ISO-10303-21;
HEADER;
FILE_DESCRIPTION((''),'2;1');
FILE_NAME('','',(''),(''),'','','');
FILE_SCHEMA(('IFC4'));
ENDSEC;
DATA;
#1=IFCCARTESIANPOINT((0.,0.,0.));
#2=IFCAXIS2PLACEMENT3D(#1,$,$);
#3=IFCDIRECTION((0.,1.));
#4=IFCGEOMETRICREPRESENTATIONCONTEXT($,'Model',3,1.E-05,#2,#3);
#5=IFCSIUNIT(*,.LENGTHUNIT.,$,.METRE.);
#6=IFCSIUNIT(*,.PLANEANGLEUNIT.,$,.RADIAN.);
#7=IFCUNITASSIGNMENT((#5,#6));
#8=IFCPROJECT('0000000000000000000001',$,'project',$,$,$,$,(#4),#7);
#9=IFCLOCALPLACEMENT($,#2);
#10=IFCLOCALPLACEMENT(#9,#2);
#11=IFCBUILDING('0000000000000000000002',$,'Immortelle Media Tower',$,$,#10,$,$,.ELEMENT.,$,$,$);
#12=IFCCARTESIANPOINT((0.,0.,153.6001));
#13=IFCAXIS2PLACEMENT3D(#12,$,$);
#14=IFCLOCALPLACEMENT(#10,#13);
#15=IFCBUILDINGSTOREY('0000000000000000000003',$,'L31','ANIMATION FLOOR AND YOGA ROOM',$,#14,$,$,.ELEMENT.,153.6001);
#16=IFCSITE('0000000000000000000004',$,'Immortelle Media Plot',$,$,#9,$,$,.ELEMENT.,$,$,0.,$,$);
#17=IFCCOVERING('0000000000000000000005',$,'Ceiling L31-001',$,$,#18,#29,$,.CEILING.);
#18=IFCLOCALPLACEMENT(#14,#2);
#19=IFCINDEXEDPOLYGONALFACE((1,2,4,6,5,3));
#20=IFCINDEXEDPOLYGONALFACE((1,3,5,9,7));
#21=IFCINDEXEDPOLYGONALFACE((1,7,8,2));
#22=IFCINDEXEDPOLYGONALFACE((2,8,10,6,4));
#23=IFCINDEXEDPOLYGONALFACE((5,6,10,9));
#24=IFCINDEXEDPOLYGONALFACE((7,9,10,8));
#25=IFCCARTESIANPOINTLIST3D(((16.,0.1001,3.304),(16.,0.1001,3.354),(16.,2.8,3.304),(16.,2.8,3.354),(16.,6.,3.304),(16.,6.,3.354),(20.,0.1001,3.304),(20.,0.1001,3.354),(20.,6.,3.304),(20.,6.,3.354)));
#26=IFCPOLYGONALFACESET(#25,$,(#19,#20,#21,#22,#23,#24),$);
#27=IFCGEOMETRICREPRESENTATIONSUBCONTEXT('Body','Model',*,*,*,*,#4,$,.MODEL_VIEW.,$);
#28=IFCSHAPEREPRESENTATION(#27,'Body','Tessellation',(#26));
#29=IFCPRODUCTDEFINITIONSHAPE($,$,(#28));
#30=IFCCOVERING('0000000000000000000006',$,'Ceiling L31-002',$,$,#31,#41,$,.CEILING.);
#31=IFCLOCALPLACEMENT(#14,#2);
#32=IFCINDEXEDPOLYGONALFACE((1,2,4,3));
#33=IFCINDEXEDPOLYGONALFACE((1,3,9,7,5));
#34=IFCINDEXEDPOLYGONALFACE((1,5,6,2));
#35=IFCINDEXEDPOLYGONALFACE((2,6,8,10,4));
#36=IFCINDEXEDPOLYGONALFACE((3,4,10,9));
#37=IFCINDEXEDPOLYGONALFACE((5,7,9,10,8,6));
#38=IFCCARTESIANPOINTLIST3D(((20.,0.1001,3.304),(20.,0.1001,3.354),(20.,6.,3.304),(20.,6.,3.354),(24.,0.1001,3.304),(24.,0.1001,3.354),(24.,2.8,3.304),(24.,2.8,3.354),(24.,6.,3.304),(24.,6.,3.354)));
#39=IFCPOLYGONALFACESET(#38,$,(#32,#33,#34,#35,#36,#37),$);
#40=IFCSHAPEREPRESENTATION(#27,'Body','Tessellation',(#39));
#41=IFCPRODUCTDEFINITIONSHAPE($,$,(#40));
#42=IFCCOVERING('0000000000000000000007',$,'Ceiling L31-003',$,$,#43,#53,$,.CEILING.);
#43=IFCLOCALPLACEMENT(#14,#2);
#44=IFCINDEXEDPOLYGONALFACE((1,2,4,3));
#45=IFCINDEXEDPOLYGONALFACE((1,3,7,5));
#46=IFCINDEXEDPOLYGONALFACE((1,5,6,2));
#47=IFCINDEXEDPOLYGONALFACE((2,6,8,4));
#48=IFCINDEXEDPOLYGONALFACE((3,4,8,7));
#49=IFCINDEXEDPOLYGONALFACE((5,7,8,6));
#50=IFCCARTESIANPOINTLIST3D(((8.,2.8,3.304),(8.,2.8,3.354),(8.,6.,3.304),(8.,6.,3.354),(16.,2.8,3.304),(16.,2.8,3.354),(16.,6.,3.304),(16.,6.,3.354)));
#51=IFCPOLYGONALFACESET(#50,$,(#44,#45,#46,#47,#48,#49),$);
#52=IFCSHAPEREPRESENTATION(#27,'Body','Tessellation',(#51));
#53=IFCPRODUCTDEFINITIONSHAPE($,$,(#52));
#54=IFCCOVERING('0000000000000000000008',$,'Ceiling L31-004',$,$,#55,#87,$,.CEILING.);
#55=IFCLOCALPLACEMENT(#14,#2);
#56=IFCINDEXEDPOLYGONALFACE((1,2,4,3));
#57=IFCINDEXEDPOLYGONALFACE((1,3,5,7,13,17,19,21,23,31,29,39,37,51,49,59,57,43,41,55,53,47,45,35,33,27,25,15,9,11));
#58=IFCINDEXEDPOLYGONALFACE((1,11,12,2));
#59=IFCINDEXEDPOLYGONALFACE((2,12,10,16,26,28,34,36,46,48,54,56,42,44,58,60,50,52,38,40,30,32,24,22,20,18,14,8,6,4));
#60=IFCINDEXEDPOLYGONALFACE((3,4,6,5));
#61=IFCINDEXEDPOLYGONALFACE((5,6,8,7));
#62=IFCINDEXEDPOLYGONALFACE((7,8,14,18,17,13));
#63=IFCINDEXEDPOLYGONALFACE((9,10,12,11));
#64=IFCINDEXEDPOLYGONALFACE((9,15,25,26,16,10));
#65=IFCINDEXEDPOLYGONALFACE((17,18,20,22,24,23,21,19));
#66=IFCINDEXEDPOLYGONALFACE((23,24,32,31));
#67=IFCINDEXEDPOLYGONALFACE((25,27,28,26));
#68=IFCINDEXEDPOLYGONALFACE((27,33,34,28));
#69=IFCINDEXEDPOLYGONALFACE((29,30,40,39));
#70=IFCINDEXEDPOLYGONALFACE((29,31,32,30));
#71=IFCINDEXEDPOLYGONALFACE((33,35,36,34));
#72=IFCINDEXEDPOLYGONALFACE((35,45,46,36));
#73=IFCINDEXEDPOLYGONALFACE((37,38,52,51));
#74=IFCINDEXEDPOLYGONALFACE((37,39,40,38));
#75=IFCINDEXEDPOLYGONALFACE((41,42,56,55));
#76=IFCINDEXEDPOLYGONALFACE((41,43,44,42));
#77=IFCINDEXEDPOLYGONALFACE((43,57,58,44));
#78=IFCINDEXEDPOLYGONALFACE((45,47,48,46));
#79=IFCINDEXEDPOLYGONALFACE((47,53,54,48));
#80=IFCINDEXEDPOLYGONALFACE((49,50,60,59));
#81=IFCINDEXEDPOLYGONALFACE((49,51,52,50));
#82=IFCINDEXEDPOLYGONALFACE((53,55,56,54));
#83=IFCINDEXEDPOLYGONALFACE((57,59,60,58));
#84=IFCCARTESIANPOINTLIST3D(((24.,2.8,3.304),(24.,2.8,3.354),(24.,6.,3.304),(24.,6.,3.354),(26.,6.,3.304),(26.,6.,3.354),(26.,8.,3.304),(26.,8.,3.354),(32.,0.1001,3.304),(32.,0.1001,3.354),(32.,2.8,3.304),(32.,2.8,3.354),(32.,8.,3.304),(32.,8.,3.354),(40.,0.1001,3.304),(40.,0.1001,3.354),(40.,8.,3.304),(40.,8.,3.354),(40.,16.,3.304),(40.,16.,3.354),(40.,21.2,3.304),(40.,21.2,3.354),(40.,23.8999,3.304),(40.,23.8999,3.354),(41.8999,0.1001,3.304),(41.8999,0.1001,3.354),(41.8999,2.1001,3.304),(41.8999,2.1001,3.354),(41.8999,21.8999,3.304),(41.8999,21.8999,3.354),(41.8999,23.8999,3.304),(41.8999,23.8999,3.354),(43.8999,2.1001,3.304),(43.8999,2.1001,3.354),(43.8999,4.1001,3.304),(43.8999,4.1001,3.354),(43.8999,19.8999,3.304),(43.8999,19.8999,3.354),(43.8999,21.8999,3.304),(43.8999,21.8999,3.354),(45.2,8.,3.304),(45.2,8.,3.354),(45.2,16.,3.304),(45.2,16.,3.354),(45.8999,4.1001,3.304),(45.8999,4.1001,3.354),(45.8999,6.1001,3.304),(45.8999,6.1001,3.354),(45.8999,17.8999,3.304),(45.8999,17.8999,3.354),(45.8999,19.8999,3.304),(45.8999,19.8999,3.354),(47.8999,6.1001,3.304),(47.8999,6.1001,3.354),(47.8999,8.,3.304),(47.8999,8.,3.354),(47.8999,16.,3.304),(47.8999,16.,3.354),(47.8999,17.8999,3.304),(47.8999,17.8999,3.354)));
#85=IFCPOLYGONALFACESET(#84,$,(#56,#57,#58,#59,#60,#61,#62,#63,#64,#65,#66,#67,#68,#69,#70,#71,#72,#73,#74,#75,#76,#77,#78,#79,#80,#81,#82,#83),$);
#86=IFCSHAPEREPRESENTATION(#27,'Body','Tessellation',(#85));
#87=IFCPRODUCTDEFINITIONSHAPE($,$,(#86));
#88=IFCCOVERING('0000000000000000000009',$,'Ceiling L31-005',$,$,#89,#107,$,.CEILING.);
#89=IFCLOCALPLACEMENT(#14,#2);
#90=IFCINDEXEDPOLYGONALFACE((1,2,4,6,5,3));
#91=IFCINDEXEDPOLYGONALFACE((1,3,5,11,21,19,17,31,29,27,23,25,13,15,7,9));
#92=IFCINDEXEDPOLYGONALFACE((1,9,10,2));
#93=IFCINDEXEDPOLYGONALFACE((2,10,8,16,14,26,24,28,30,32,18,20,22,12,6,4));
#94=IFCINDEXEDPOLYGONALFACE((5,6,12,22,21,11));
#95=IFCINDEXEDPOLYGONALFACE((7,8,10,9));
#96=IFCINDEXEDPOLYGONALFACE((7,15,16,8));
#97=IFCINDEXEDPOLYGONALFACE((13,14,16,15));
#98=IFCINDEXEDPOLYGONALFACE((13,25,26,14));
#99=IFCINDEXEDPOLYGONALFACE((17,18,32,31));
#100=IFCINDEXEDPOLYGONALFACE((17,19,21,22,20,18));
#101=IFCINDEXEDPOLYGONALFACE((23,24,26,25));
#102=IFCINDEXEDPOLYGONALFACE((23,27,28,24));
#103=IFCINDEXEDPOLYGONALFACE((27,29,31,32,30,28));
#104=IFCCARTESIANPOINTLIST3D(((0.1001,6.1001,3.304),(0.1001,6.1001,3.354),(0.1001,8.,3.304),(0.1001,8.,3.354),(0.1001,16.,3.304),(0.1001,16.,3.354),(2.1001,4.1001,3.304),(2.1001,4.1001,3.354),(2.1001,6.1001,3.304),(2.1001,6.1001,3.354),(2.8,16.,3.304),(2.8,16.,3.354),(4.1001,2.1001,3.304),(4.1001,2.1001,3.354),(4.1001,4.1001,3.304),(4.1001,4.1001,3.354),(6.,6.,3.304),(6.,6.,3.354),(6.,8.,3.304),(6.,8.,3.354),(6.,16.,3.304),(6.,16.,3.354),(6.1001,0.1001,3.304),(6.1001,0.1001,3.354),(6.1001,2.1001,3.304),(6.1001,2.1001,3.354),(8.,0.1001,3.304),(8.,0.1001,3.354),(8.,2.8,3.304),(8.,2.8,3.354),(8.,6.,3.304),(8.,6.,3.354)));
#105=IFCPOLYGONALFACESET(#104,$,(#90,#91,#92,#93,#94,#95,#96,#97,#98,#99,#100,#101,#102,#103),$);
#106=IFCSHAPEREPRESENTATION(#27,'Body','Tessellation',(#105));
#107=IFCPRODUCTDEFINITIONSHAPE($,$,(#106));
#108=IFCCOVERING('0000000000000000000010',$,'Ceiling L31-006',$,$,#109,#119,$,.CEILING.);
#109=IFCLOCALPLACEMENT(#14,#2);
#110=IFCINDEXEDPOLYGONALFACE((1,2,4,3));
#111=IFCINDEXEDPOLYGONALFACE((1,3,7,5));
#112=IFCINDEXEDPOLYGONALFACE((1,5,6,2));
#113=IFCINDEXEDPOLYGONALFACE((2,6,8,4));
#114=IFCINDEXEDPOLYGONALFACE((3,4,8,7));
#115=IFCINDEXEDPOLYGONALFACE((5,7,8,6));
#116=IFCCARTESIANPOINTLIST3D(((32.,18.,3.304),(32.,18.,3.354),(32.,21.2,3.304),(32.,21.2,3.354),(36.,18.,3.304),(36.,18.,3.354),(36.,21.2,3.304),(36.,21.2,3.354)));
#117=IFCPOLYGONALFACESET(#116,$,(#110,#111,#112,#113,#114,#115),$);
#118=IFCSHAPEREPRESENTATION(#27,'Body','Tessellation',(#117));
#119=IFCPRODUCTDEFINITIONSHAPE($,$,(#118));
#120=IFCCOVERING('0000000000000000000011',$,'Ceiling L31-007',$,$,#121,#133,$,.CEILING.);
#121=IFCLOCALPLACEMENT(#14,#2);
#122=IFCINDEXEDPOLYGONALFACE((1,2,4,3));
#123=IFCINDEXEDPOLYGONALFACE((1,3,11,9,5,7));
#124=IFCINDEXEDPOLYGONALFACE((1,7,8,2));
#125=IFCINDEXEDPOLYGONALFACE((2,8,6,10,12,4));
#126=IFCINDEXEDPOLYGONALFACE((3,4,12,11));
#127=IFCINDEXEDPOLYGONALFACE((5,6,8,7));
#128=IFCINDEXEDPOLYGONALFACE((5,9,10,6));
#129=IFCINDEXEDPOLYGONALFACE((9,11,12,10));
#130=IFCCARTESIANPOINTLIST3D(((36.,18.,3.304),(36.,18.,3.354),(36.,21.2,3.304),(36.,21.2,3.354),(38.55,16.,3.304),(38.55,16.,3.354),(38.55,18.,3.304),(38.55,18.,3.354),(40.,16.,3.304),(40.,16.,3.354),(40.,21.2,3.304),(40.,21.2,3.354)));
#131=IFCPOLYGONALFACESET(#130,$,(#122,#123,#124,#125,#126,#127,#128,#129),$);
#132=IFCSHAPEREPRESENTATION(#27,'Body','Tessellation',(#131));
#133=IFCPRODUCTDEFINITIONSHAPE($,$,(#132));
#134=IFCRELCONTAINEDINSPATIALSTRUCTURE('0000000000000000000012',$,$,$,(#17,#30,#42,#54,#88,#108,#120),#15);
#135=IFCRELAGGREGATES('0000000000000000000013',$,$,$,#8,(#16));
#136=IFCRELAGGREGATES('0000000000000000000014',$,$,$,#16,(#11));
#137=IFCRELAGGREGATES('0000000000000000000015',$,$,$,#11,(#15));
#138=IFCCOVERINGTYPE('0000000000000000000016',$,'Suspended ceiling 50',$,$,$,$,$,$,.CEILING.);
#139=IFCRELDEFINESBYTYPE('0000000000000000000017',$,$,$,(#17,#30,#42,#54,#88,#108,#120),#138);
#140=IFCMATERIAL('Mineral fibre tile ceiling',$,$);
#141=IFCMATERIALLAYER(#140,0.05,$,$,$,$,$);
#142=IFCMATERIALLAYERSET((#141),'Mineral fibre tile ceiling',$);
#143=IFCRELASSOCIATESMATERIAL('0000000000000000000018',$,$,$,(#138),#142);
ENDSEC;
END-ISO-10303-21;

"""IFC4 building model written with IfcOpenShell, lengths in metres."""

from ifc_helpers import new_model, si_unit, direction, frame, origin, place, context, subcontext, project, spatial, polyline, outline, extrude, material, layer, layer_set, type_object, element, save


model = new_model("IFC4")

# Units and contexts
model_context = context("Model", 3, precision=1e-05, world=origin(), true_north=direction((0.0, 1.0)))
body_context = subcontext(model_context, "Body", "Model", "MODEL_VIEW")
ifc_project = project(units=[si_unit("LENGTHUNIT", "METRE"), si_unit("PLANEANGLEUNIT", "RADIAN")], contexts=[model_context])

# Site, building, storey
site_placement = place(None, origin())
site = spatial("IfcSite", under=ifc_project, at=site_placement, Name="Immortelle Media Plot", CompositionType="ELEMENT", RefElevation=0.0)
building_placement = place(site_placement, origin())
building = spatial("IfcBuilding", under=site, at=building_placement, Name="Immortelle Media Tower", CompositionType="ELEMENT")
storey_placement = place(building_placement, frame((0.0, 0.0, 153.6001)))
storey = spatial("IfcBuildingStorey", under=building, at=storey_placement, Name="L31", Description="ANIMATION FLOOR AND YOGA ROOM", CompositionType="ELEMENT", Elevation=153.6001)

# Coverings
ifc_material_1 = material(Name="Mineral fibre tile ceiling")
ifc_layer_1 = layer(ifc_material_1, 0.05)
ifc_layer_set_1 = layer_set([ifc_layer_1], Name="Mineral fibre tile ceiling")
covering_type = type_object("IfcCoveringType", Name="Suspended ceiling 50", PredefinedType="CEILING", material=ifc_layer_set_1)
covering_1_placement = place(storey_placement, frame((0.0, 0.0, 3.304)))
element("IfcCovering", 1, at=covering_1_placement, inside=storey, type_object=covering_type, Name="Ceiling L31-001", PredefinedType="CEILING", context=body_context, shape_type="SweptSolid", body=[
    extrude(outline(polyline([(16.0, 2.8), (16.0, 6.0), (20.0, 6.0), (20.0, 0.1001), (16.0, 0.1001), (16.0, 2.8)])), origin(), (0.0, 0.0, 1.0), 0.05),
])
covering_2_placement = place(storey_placement, frame((0.0, 0.0, 3.304)))
element("IfcCovering", 2, at=covering_2_placement, inside=storey, type_object=covering_type, Name="Ceiling L31-002", PredefinedType="CEILING", context=body_context, shape_type="SweptSolid", body=[
    extrude(outline(polyline([(24.0, 6.0), (24.0, 2.8), (24.0, 0.1001), (20.0, 0.1001), (20.0, 6.0), (24.0, 6.0)])), origin(), (0.0, 0.0, 1.0), 0.05),
])
covering_3_placement = place(storey_placement, frame((0.0, 0.0, 3.304)))
element("IfcCovering", 3, at=covering_3_placement, inside=storey, type_object=covering_type, Name="Ceiling L31-003", PredefinedType="CEILING", context=body_context, shape_type="SweptSolid", body=[
    extrude(outline(polyline([(8.0, 2.8), (8.0, 6.0), (16.0, 6.0), (16.0, 2.8), (8.0, 2.8)])), origin(), (0.0, 0.0, 1.0), 0.05),
])
covering_4_placement = place(storey_placement, frame((0.0, 0.0, 3.304)))
element("IfcCovering", 4, at=covering_4_placement, inside=storey, type_object=covering_type, Name="Ceiling L31-004", PredefinedType="CEILING", context=body_context, shape_type="SweptSolid", body=[
    extrude(outline(polyline([(26.0, 6.0), (26.0, 8.0), (32.0, 8.0), (40.0, 8.0), (40.0, 16.0), (40.0, 21.2), (40.0, 23.8999), (41.8999, 23.8999), (41.8999, 21.8999), (43.8999, 21.8999), (43.8999, 19.8999), (45.8999, 19.8999), (45.8999, 17.8999), (47.8999, 17.8999), (47.8999, 16.0), (45.2, 16.0), (45.2, 8.0), (47.8999, 8.0), (47.8999, 6.1001), (45.8999, 6.1001), (45.8999, 4.1001), (43.8999, 4.1001), (43.8999, 2.1001), (41.8999, 2.1001), (41.8999, 0.1001), (40.0, 0.1001), (32.0, 0.1001), (32.0, 2.8), (24.0, 2.8), (24.0, 6.0), (26.0, 6.0)])), origin(), (0.0, 0.0, 1.0), 0.05),
])
covering_5_placement = place(storey_placement, frame((0.0, 0.0, 3.304)))
element("IfcCovering", 5, at=covering_5_placement, inside=storey, type_object=covering_type, Name="Ceiling L31-005", PredefinedType="CEILING", context=body_context, shape_type="SweptSolid", body=[
    extrude(outline(polyline([(6.1001, 2.1001), (4.1001, 2.1001), (4.1001, 4.1001), (2.1001, 4.1001), (2.1001, 6.1001), (0.1001, 6.1001), (0.1001, 8.0), (0.1001, 16.0), (2.8, 16.0), (6.0, 16.0), (6.0, 8.0), (6.0, 6.0), (8.0, 6.0), (8.0, 2.8), (8.0, 0.1001), (6.1001, 0.1001), (6.1001, 2.1001)])), origin(), (0.0, 0.0, 1.0), 0.05),
])
covering_6_placement = place(storey_placement, frame((0.0, 0.0, 3.304)))
element("IfcCovering", 6, at=covering_6_placement, inside=storey, type_object=covering_type, Name="Ceiling L31-006", PredefinedType="CEILING", context=body_context, shape_type="SweptSolid", body=[
    extrude(outline(polyline([(32.0, 18.0), (32.0, 21.2), (36.0, 21.2), (36.0, 18.0), (32.0, 18.0)])), origin(), (0.0, 0.0, 1.0), 0.05),
])
covering_7_placement = place(storey_placement, frame((0.0, 0.0, 3.304)))
element("IfcCovering", 7, at=covering_7_placement, inside=storey, type_object=covering_type, Name="Ceiling L31-007", PredefinedType="CEILING", context=body_context, shape_type="SweptSolid", body=[
    extrude(outline(polyline([(38.55, 18.0), (36.0, 18.0), (36.0, 21.2), (40.0, 21.2), (40.0, 16.0), (38.55, 16.0), (38.55, 18.0)])), origin(), (0.0, 0.0, 1.0), 0.05),
])

save(model, "model.ifc")
